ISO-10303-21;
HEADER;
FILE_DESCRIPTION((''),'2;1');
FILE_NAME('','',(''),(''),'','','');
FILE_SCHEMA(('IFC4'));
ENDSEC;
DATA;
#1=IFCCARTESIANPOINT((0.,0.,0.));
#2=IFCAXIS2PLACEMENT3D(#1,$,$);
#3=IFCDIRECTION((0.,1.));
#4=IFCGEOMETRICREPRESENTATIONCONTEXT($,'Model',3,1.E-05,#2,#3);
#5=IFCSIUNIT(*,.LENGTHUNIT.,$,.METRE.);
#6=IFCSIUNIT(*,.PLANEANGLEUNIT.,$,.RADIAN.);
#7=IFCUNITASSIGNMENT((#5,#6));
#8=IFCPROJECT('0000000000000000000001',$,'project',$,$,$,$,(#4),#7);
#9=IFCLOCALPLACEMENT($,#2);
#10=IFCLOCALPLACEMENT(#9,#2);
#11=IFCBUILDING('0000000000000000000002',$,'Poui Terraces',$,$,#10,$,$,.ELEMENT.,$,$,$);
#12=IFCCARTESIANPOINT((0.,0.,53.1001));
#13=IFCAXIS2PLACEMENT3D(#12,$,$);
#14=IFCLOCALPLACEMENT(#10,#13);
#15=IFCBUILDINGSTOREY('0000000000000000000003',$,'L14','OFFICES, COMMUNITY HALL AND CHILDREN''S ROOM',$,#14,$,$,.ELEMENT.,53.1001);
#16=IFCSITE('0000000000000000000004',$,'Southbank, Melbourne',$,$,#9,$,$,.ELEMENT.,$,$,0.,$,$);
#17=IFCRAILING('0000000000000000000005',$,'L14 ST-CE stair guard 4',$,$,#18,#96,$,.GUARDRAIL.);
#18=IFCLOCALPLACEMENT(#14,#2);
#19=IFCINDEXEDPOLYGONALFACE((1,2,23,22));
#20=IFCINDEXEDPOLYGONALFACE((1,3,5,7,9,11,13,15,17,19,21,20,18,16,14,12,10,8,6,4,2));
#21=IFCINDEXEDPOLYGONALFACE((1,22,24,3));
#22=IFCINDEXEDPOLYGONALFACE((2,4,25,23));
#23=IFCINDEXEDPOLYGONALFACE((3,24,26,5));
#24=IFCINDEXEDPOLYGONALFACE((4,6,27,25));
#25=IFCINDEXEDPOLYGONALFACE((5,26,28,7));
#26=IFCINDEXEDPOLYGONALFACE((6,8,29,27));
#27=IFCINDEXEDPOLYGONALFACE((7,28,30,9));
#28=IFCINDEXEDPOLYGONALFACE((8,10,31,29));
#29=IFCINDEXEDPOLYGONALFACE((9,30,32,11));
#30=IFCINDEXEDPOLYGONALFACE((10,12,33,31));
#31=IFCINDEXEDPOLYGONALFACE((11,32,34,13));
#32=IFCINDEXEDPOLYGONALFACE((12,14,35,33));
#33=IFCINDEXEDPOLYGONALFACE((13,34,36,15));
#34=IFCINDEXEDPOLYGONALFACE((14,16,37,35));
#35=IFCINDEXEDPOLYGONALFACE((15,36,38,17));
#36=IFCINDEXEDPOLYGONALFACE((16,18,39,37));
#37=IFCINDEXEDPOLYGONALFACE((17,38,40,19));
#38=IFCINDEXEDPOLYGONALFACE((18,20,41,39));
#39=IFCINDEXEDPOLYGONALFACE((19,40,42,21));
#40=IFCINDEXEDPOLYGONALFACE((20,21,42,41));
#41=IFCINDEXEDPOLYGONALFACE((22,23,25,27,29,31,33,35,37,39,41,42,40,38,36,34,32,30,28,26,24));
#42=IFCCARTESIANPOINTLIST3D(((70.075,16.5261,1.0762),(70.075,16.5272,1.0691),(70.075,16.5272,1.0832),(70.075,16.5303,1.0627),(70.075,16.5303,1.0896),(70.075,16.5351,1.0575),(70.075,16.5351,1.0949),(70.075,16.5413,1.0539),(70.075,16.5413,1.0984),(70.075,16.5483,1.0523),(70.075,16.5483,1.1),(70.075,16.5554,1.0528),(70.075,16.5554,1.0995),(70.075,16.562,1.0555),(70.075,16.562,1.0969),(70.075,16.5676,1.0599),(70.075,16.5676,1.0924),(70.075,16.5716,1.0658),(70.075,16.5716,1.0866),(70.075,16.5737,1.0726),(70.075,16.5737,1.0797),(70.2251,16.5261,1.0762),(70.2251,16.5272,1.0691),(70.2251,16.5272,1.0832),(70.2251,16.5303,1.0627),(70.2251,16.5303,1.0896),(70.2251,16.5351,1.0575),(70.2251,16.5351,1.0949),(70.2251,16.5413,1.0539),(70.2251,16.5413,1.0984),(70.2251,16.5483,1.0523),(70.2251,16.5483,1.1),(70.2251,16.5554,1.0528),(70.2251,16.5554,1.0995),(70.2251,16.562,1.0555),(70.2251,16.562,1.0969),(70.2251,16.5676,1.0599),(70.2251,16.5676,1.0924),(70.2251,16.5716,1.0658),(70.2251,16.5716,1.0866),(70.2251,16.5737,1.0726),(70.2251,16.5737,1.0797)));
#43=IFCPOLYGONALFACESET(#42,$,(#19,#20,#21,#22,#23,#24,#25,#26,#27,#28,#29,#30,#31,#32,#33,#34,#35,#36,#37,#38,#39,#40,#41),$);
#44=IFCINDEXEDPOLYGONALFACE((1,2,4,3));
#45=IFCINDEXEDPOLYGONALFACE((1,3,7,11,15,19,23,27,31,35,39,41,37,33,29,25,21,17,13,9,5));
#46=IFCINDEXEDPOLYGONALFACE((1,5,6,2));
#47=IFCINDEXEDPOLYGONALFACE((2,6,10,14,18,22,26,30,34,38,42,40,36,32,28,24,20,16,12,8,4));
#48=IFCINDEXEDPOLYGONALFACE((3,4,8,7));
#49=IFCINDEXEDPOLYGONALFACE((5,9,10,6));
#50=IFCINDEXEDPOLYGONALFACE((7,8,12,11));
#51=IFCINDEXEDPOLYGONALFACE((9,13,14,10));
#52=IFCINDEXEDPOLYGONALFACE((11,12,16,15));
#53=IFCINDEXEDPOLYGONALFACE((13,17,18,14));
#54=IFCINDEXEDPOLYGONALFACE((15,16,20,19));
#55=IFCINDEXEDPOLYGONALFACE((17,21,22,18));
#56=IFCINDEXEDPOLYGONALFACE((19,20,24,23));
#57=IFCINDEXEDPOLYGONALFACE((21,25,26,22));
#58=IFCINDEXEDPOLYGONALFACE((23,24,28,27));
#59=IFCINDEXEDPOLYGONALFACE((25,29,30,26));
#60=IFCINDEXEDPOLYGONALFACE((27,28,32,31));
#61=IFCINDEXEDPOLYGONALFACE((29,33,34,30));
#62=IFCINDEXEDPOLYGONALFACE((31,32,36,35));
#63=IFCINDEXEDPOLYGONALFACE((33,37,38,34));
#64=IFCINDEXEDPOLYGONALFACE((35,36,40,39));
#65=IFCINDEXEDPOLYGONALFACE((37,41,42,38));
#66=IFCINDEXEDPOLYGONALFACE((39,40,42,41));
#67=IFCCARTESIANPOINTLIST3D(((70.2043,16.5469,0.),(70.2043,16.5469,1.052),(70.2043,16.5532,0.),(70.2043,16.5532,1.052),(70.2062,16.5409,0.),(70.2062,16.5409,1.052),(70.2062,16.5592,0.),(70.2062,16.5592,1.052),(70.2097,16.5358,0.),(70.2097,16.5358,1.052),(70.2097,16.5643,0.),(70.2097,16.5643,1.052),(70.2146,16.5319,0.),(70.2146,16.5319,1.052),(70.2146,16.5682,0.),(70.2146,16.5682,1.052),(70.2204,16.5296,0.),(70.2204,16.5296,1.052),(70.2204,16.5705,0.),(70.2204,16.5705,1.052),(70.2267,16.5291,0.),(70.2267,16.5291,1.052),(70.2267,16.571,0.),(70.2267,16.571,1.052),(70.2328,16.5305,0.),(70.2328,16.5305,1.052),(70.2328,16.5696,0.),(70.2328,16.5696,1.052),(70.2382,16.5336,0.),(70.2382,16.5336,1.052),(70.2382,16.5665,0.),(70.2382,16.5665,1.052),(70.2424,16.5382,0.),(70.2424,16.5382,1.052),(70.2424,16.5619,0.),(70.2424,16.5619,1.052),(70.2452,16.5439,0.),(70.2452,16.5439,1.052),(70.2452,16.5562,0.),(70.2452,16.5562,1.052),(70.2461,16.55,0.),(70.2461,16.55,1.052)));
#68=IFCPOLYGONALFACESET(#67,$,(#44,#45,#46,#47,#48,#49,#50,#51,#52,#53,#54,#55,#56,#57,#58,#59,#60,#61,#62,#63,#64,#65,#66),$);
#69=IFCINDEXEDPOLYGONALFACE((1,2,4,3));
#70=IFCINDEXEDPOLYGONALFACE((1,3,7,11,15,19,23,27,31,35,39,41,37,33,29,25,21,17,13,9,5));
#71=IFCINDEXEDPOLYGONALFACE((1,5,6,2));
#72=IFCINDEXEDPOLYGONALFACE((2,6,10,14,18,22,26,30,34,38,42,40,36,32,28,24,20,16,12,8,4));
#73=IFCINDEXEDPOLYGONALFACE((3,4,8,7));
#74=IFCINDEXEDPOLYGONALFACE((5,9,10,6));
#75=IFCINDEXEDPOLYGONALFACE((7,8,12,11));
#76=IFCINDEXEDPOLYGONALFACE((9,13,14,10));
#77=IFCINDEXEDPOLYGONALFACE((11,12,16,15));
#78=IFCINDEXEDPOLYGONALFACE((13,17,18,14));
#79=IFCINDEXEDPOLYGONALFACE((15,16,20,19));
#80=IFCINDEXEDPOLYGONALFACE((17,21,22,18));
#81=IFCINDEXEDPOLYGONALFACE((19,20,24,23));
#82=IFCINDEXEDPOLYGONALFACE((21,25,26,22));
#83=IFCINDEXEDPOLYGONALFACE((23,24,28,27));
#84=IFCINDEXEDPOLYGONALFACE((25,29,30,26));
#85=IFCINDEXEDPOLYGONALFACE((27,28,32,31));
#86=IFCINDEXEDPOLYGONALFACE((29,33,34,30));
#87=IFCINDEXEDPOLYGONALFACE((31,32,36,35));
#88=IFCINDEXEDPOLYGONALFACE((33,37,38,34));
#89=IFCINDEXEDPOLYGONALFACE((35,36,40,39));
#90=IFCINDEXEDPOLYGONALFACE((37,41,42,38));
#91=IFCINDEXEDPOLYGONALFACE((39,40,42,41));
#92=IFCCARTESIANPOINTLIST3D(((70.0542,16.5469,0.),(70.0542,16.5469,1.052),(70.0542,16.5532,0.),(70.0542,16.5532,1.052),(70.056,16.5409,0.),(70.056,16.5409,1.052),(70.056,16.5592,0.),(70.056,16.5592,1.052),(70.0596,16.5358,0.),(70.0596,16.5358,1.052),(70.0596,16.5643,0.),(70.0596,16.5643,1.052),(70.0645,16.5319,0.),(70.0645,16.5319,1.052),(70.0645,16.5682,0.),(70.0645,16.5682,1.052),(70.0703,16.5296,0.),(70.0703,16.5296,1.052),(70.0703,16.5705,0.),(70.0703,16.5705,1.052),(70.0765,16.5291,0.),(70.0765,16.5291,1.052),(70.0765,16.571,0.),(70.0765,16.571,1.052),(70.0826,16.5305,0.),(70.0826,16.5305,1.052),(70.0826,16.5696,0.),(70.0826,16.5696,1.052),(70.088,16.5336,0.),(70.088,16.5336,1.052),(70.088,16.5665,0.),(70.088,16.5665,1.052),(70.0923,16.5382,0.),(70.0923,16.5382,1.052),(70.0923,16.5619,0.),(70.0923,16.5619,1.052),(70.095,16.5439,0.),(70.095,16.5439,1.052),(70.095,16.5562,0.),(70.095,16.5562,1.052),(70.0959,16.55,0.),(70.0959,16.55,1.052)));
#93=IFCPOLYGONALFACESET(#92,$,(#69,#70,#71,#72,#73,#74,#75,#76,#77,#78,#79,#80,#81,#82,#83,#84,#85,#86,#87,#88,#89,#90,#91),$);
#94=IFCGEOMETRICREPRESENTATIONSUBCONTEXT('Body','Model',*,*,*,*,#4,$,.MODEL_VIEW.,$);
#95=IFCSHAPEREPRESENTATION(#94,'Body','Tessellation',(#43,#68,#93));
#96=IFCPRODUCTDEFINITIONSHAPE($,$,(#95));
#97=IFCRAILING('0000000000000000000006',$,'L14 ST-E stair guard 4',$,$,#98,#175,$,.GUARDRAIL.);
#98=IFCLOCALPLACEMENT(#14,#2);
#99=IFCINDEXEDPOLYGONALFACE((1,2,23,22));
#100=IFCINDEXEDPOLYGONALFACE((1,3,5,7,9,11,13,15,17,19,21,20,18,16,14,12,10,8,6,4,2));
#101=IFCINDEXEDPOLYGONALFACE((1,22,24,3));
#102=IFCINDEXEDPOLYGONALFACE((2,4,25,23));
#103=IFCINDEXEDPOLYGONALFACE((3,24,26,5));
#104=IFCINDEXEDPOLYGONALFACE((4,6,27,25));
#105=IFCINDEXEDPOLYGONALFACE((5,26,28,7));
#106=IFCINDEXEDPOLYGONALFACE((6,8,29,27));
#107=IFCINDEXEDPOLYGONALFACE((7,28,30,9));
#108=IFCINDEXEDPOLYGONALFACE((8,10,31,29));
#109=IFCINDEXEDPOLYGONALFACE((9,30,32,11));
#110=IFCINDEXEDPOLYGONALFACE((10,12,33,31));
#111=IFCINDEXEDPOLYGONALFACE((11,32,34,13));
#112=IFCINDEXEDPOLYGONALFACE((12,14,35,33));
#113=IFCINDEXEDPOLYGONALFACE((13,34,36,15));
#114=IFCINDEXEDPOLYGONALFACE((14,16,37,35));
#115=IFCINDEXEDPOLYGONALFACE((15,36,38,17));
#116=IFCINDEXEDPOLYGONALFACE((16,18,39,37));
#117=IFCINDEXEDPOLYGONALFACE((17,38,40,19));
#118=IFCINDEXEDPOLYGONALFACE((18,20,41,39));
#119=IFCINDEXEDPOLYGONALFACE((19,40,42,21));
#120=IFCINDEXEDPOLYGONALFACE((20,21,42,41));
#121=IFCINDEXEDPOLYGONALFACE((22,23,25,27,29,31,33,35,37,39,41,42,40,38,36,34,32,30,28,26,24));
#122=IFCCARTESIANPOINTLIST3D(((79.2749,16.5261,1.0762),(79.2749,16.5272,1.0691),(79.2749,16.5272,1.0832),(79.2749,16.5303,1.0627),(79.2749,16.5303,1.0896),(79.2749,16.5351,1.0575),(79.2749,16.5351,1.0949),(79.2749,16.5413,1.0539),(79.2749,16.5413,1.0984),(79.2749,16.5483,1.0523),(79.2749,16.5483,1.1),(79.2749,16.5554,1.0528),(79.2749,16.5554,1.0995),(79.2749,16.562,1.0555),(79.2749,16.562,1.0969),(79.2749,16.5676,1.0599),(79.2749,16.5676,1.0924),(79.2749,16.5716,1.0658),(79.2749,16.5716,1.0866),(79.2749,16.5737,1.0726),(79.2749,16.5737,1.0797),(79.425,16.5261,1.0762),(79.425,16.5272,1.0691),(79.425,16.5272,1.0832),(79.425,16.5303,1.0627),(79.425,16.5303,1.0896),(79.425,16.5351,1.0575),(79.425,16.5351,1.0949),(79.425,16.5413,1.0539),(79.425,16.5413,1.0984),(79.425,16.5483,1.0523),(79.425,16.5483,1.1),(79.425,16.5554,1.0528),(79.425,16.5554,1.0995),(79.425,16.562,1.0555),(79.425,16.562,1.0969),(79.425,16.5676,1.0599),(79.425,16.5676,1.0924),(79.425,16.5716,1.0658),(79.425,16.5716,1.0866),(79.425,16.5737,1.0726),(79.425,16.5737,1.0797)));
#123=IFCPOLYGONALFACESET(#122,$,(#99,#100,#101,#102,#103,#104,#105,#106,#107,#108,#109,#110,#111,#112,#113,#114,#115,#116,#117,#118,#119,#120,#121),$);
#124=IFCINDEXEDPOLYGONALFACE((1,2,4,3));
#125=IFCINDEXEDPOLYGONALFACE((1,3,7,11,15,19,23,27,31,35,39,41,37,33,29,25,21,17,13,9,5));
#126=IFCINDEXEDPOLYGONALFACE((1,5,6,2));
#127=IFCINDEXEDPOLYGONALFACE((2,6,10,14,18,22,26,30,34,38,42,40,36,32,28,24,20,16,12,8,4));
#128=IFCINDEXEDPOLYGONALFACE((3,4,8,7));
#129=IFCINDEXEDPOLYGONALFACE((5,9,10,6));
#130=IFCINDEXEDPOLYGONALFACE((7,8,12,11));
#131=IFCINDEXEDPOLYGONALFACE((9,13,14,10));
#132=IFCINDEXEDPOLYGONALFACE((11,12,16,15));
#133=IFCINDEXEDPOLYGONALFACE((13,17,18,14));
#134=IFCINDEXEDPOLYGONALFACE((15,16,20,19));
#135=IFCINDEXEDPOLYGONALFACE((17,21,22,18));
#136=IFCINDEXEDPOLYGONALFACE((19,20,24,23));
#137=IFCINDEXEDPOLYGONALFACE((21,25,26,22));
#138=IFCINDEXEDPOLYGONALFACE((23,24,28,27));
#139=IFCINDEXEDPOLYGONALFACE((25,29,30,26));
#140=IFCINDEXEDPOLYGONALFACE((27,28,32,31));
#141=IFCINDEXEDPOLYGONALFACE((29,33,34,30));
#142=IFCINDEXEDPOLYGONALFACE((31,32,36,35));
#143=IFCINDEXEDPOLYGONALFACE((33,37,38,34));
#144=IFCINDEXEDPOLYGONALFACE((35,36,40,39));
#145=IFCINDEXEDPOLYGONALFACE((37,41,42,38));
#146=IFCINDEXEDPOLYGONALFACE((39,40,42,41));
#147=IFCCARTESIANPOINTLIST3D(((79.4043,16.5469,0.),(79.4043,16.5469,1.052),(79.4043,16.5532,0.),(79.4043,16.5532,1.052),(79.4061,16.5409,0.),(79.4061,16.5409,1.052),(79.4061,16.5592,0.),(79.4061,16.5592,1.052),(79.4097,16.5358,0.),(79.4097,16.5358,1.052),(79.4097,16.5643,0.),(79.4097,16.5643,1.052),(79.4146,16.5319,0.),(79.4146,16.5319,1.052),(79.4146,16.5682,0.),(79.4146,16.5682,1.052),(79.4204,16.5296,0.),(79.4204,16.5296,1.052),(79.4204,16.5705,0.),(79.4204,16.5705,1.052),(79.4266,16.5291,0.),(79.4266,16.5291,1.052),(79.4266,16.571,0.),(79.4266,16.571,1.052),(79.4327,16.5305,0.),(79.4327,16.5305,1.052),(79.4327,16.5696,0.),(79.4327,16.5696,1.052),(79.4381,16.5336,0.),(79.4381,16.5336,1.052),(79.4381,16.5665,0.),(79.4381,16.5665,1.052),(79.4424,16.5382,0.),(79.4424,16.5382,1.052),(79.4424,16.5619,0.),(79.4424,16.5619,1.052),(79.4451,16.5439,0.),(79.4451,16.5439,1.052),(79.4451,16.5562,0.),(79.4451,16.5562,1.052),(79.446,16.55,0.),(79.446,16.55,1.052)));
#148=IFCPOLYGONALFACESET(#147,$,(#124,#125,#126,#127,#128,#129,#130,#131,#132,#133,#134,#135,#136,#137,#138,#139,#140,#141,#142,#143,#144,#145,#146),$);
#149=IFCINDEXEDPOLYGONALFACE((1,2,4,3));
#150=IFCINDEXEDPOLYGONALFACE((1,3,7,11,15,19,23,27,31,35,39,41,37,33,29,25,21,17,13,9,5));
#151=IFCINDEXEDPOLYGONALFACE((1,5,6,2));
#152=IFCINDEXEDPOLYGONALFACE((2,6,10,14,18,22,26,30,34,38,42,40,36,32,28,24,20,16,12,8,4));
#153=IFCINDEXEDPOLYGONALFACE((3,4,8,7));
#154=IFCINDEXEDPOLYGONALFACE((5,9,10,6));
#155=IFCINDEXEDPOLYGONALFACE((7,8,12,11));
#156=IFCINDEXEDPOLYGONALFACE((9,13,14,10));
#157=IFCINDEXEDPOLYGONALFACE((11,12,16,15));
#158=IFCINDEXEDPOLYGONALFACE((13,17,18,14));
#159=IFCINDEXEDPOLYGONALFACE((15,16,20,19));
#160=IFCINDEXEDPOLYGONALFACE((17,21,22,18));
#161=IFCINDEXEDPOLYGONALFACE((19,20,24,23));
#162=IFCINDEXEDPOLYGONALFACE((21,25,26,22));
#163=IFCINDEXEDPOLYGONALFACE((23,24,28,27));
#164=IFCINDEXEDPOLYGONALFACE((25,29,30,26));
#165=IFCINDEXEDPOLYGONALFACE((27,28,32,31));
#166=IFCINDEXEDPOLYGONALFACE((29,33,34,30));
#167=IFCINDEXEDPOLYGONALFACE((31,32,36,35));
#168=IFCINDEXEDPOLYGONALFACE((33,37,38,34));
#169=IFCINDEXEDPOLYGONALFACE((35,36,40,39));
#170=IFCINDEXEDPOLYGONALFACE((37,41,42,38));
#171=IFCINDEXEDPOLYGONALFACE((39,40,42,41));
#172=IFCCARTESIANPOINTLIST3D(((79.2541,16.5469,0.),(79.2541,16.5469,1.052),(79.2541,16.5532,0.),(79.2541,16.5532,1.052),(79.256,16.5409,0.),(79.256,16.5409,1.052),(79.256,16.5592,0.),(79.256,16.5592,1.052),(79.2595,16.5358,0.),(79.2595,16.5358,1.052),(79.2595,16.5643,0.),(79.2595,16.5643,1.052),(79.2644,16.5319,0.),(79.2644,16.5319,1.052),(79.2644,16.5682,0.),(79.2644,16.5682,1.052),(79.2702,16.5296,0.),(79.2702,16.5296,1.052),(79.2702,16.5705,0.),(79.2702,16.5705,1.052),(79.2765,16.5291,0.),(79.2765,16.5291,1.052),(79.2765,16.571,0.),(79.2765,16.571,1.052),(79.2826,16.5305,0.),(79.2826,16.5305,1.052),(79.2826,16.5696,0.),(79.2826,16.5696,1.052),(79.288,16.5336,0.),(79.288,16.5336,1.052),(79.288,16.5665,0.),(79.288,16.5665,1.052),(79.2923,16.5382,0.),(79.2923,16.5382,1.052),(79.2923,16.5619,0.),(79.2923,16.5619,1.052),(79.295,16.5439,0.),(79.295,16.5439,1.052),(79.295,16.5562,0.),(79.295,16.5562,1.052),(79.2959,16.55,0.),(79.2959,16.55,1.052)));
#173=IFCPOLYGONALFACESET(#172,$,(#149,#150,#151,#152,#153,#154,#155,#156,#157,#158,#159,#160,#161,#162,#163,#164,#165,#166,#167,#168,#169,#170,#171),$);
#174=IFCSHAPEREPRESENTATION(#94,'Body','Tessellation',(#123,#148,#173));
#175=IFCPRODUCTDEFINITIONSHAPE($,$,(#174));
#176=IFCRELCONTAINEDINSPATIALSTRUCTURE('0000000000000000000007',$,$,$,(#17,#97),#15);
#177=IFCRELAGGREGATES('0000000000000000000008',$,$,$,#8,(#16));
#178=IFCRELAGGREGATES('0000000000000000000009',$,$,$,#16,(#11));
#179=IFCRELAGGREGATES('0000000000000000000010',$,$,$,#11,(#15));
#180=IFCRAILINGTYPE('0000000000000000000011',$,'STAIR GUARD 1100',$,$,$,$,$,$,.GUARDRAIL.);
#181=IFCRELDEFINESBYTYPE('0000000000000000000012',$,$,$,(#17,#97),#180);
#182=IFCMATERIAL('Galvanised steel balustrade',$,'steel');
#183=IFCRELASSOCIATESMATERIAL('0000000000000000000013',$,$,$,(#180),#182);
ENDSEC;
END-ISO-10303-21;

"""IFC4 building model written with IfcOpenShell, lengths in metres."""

from ifc_helpers import new_model, si_unit, direction, frame, origin, origin_2d, place, context, subcontext, project, spatial, circle, extrude, material, type_object, element, save


model = new_model("IFC4")

# Units and contexts
model_context = context("Model", 3, precision=1e-05, world=origin(), true_north=direction((0.0, 1.0)))
body_context = subcontext(model_context, "Body", "Model", "MODEL_VIEW")
ifc_project = project(units=[si_unit("LENGTHUNIT", "METRE"), si_unit("PLANEANGLEUNIT", "RADIAN")], contexts=[model_context])

# Site, building, storey
site_placement = place(None, origin())
site = spatial("IfcSite", under=ifc_project, at=site_placement, Name="Southbank, Melbourne", CompositionType="ELEMENT", RefElevation=0.0)
building_placement = place(site_placement, origin())
building = spatial("IfcBuilding", under=site, at=building_placement, Name="Poui Terraces", CompositionType="ELEMENT")
storey_placement = place(building_placement, frame((0.0, 0.0, 53.1001)))
storey = spatial("IfcBuildingStorey", under=building, at=storey_placement, Name="L14", Description="OFFICES, COMMUNITY HALL AND CHILDREN'S ROOM", CompositionType="ELEMENT", Elevation=53.1001)

# Railings
ifc_material_1 = material(Name="Galvanised steel balustrade", Category="steel")
railing_type_1 = type_object("IfcRailingType", Name="STAIR GUARD 1100", PredefinedType="GUARDRAIL", material=ifc_material_1)
for number, where, name in (
    (1, (70.2251, 16.55, 0.0), "L14 ST-CE stair guard 4"),
    (2, (79.425, 16.55, 0.0), "L14 ST-E stair guard 4"),
):
    element("IfcRailing", number, at=place(storey_placement, frame(where)), inside=storey, type_object=railing_type_1, Name=name, PredefinedType="GUARDRAIL", context=body_context, shape_type="SweptSolid", body=[
        extrude(circle(Radius=0.0239, at=origin_2d()), frame((0.0, 0.0, 1.0762), z_axis=(-1.0, 0.0, 0.0), x_axis=(0.0, -1.0, 0.0)), (0.0, 0.0, 1.0), 0.1501),
        extrude(circle(Radius=0.021, at=origin_2d()), origin(), (0.0, 0.0, 1.0), 1.052),
        extrude(circle(Radius=0.021, at=origin_2d()), frame((-0.1501, 0.0, 0.0)), (0.0, 0.0, 1.0), 1.052),
    ])

save(model, "model.ifc")
